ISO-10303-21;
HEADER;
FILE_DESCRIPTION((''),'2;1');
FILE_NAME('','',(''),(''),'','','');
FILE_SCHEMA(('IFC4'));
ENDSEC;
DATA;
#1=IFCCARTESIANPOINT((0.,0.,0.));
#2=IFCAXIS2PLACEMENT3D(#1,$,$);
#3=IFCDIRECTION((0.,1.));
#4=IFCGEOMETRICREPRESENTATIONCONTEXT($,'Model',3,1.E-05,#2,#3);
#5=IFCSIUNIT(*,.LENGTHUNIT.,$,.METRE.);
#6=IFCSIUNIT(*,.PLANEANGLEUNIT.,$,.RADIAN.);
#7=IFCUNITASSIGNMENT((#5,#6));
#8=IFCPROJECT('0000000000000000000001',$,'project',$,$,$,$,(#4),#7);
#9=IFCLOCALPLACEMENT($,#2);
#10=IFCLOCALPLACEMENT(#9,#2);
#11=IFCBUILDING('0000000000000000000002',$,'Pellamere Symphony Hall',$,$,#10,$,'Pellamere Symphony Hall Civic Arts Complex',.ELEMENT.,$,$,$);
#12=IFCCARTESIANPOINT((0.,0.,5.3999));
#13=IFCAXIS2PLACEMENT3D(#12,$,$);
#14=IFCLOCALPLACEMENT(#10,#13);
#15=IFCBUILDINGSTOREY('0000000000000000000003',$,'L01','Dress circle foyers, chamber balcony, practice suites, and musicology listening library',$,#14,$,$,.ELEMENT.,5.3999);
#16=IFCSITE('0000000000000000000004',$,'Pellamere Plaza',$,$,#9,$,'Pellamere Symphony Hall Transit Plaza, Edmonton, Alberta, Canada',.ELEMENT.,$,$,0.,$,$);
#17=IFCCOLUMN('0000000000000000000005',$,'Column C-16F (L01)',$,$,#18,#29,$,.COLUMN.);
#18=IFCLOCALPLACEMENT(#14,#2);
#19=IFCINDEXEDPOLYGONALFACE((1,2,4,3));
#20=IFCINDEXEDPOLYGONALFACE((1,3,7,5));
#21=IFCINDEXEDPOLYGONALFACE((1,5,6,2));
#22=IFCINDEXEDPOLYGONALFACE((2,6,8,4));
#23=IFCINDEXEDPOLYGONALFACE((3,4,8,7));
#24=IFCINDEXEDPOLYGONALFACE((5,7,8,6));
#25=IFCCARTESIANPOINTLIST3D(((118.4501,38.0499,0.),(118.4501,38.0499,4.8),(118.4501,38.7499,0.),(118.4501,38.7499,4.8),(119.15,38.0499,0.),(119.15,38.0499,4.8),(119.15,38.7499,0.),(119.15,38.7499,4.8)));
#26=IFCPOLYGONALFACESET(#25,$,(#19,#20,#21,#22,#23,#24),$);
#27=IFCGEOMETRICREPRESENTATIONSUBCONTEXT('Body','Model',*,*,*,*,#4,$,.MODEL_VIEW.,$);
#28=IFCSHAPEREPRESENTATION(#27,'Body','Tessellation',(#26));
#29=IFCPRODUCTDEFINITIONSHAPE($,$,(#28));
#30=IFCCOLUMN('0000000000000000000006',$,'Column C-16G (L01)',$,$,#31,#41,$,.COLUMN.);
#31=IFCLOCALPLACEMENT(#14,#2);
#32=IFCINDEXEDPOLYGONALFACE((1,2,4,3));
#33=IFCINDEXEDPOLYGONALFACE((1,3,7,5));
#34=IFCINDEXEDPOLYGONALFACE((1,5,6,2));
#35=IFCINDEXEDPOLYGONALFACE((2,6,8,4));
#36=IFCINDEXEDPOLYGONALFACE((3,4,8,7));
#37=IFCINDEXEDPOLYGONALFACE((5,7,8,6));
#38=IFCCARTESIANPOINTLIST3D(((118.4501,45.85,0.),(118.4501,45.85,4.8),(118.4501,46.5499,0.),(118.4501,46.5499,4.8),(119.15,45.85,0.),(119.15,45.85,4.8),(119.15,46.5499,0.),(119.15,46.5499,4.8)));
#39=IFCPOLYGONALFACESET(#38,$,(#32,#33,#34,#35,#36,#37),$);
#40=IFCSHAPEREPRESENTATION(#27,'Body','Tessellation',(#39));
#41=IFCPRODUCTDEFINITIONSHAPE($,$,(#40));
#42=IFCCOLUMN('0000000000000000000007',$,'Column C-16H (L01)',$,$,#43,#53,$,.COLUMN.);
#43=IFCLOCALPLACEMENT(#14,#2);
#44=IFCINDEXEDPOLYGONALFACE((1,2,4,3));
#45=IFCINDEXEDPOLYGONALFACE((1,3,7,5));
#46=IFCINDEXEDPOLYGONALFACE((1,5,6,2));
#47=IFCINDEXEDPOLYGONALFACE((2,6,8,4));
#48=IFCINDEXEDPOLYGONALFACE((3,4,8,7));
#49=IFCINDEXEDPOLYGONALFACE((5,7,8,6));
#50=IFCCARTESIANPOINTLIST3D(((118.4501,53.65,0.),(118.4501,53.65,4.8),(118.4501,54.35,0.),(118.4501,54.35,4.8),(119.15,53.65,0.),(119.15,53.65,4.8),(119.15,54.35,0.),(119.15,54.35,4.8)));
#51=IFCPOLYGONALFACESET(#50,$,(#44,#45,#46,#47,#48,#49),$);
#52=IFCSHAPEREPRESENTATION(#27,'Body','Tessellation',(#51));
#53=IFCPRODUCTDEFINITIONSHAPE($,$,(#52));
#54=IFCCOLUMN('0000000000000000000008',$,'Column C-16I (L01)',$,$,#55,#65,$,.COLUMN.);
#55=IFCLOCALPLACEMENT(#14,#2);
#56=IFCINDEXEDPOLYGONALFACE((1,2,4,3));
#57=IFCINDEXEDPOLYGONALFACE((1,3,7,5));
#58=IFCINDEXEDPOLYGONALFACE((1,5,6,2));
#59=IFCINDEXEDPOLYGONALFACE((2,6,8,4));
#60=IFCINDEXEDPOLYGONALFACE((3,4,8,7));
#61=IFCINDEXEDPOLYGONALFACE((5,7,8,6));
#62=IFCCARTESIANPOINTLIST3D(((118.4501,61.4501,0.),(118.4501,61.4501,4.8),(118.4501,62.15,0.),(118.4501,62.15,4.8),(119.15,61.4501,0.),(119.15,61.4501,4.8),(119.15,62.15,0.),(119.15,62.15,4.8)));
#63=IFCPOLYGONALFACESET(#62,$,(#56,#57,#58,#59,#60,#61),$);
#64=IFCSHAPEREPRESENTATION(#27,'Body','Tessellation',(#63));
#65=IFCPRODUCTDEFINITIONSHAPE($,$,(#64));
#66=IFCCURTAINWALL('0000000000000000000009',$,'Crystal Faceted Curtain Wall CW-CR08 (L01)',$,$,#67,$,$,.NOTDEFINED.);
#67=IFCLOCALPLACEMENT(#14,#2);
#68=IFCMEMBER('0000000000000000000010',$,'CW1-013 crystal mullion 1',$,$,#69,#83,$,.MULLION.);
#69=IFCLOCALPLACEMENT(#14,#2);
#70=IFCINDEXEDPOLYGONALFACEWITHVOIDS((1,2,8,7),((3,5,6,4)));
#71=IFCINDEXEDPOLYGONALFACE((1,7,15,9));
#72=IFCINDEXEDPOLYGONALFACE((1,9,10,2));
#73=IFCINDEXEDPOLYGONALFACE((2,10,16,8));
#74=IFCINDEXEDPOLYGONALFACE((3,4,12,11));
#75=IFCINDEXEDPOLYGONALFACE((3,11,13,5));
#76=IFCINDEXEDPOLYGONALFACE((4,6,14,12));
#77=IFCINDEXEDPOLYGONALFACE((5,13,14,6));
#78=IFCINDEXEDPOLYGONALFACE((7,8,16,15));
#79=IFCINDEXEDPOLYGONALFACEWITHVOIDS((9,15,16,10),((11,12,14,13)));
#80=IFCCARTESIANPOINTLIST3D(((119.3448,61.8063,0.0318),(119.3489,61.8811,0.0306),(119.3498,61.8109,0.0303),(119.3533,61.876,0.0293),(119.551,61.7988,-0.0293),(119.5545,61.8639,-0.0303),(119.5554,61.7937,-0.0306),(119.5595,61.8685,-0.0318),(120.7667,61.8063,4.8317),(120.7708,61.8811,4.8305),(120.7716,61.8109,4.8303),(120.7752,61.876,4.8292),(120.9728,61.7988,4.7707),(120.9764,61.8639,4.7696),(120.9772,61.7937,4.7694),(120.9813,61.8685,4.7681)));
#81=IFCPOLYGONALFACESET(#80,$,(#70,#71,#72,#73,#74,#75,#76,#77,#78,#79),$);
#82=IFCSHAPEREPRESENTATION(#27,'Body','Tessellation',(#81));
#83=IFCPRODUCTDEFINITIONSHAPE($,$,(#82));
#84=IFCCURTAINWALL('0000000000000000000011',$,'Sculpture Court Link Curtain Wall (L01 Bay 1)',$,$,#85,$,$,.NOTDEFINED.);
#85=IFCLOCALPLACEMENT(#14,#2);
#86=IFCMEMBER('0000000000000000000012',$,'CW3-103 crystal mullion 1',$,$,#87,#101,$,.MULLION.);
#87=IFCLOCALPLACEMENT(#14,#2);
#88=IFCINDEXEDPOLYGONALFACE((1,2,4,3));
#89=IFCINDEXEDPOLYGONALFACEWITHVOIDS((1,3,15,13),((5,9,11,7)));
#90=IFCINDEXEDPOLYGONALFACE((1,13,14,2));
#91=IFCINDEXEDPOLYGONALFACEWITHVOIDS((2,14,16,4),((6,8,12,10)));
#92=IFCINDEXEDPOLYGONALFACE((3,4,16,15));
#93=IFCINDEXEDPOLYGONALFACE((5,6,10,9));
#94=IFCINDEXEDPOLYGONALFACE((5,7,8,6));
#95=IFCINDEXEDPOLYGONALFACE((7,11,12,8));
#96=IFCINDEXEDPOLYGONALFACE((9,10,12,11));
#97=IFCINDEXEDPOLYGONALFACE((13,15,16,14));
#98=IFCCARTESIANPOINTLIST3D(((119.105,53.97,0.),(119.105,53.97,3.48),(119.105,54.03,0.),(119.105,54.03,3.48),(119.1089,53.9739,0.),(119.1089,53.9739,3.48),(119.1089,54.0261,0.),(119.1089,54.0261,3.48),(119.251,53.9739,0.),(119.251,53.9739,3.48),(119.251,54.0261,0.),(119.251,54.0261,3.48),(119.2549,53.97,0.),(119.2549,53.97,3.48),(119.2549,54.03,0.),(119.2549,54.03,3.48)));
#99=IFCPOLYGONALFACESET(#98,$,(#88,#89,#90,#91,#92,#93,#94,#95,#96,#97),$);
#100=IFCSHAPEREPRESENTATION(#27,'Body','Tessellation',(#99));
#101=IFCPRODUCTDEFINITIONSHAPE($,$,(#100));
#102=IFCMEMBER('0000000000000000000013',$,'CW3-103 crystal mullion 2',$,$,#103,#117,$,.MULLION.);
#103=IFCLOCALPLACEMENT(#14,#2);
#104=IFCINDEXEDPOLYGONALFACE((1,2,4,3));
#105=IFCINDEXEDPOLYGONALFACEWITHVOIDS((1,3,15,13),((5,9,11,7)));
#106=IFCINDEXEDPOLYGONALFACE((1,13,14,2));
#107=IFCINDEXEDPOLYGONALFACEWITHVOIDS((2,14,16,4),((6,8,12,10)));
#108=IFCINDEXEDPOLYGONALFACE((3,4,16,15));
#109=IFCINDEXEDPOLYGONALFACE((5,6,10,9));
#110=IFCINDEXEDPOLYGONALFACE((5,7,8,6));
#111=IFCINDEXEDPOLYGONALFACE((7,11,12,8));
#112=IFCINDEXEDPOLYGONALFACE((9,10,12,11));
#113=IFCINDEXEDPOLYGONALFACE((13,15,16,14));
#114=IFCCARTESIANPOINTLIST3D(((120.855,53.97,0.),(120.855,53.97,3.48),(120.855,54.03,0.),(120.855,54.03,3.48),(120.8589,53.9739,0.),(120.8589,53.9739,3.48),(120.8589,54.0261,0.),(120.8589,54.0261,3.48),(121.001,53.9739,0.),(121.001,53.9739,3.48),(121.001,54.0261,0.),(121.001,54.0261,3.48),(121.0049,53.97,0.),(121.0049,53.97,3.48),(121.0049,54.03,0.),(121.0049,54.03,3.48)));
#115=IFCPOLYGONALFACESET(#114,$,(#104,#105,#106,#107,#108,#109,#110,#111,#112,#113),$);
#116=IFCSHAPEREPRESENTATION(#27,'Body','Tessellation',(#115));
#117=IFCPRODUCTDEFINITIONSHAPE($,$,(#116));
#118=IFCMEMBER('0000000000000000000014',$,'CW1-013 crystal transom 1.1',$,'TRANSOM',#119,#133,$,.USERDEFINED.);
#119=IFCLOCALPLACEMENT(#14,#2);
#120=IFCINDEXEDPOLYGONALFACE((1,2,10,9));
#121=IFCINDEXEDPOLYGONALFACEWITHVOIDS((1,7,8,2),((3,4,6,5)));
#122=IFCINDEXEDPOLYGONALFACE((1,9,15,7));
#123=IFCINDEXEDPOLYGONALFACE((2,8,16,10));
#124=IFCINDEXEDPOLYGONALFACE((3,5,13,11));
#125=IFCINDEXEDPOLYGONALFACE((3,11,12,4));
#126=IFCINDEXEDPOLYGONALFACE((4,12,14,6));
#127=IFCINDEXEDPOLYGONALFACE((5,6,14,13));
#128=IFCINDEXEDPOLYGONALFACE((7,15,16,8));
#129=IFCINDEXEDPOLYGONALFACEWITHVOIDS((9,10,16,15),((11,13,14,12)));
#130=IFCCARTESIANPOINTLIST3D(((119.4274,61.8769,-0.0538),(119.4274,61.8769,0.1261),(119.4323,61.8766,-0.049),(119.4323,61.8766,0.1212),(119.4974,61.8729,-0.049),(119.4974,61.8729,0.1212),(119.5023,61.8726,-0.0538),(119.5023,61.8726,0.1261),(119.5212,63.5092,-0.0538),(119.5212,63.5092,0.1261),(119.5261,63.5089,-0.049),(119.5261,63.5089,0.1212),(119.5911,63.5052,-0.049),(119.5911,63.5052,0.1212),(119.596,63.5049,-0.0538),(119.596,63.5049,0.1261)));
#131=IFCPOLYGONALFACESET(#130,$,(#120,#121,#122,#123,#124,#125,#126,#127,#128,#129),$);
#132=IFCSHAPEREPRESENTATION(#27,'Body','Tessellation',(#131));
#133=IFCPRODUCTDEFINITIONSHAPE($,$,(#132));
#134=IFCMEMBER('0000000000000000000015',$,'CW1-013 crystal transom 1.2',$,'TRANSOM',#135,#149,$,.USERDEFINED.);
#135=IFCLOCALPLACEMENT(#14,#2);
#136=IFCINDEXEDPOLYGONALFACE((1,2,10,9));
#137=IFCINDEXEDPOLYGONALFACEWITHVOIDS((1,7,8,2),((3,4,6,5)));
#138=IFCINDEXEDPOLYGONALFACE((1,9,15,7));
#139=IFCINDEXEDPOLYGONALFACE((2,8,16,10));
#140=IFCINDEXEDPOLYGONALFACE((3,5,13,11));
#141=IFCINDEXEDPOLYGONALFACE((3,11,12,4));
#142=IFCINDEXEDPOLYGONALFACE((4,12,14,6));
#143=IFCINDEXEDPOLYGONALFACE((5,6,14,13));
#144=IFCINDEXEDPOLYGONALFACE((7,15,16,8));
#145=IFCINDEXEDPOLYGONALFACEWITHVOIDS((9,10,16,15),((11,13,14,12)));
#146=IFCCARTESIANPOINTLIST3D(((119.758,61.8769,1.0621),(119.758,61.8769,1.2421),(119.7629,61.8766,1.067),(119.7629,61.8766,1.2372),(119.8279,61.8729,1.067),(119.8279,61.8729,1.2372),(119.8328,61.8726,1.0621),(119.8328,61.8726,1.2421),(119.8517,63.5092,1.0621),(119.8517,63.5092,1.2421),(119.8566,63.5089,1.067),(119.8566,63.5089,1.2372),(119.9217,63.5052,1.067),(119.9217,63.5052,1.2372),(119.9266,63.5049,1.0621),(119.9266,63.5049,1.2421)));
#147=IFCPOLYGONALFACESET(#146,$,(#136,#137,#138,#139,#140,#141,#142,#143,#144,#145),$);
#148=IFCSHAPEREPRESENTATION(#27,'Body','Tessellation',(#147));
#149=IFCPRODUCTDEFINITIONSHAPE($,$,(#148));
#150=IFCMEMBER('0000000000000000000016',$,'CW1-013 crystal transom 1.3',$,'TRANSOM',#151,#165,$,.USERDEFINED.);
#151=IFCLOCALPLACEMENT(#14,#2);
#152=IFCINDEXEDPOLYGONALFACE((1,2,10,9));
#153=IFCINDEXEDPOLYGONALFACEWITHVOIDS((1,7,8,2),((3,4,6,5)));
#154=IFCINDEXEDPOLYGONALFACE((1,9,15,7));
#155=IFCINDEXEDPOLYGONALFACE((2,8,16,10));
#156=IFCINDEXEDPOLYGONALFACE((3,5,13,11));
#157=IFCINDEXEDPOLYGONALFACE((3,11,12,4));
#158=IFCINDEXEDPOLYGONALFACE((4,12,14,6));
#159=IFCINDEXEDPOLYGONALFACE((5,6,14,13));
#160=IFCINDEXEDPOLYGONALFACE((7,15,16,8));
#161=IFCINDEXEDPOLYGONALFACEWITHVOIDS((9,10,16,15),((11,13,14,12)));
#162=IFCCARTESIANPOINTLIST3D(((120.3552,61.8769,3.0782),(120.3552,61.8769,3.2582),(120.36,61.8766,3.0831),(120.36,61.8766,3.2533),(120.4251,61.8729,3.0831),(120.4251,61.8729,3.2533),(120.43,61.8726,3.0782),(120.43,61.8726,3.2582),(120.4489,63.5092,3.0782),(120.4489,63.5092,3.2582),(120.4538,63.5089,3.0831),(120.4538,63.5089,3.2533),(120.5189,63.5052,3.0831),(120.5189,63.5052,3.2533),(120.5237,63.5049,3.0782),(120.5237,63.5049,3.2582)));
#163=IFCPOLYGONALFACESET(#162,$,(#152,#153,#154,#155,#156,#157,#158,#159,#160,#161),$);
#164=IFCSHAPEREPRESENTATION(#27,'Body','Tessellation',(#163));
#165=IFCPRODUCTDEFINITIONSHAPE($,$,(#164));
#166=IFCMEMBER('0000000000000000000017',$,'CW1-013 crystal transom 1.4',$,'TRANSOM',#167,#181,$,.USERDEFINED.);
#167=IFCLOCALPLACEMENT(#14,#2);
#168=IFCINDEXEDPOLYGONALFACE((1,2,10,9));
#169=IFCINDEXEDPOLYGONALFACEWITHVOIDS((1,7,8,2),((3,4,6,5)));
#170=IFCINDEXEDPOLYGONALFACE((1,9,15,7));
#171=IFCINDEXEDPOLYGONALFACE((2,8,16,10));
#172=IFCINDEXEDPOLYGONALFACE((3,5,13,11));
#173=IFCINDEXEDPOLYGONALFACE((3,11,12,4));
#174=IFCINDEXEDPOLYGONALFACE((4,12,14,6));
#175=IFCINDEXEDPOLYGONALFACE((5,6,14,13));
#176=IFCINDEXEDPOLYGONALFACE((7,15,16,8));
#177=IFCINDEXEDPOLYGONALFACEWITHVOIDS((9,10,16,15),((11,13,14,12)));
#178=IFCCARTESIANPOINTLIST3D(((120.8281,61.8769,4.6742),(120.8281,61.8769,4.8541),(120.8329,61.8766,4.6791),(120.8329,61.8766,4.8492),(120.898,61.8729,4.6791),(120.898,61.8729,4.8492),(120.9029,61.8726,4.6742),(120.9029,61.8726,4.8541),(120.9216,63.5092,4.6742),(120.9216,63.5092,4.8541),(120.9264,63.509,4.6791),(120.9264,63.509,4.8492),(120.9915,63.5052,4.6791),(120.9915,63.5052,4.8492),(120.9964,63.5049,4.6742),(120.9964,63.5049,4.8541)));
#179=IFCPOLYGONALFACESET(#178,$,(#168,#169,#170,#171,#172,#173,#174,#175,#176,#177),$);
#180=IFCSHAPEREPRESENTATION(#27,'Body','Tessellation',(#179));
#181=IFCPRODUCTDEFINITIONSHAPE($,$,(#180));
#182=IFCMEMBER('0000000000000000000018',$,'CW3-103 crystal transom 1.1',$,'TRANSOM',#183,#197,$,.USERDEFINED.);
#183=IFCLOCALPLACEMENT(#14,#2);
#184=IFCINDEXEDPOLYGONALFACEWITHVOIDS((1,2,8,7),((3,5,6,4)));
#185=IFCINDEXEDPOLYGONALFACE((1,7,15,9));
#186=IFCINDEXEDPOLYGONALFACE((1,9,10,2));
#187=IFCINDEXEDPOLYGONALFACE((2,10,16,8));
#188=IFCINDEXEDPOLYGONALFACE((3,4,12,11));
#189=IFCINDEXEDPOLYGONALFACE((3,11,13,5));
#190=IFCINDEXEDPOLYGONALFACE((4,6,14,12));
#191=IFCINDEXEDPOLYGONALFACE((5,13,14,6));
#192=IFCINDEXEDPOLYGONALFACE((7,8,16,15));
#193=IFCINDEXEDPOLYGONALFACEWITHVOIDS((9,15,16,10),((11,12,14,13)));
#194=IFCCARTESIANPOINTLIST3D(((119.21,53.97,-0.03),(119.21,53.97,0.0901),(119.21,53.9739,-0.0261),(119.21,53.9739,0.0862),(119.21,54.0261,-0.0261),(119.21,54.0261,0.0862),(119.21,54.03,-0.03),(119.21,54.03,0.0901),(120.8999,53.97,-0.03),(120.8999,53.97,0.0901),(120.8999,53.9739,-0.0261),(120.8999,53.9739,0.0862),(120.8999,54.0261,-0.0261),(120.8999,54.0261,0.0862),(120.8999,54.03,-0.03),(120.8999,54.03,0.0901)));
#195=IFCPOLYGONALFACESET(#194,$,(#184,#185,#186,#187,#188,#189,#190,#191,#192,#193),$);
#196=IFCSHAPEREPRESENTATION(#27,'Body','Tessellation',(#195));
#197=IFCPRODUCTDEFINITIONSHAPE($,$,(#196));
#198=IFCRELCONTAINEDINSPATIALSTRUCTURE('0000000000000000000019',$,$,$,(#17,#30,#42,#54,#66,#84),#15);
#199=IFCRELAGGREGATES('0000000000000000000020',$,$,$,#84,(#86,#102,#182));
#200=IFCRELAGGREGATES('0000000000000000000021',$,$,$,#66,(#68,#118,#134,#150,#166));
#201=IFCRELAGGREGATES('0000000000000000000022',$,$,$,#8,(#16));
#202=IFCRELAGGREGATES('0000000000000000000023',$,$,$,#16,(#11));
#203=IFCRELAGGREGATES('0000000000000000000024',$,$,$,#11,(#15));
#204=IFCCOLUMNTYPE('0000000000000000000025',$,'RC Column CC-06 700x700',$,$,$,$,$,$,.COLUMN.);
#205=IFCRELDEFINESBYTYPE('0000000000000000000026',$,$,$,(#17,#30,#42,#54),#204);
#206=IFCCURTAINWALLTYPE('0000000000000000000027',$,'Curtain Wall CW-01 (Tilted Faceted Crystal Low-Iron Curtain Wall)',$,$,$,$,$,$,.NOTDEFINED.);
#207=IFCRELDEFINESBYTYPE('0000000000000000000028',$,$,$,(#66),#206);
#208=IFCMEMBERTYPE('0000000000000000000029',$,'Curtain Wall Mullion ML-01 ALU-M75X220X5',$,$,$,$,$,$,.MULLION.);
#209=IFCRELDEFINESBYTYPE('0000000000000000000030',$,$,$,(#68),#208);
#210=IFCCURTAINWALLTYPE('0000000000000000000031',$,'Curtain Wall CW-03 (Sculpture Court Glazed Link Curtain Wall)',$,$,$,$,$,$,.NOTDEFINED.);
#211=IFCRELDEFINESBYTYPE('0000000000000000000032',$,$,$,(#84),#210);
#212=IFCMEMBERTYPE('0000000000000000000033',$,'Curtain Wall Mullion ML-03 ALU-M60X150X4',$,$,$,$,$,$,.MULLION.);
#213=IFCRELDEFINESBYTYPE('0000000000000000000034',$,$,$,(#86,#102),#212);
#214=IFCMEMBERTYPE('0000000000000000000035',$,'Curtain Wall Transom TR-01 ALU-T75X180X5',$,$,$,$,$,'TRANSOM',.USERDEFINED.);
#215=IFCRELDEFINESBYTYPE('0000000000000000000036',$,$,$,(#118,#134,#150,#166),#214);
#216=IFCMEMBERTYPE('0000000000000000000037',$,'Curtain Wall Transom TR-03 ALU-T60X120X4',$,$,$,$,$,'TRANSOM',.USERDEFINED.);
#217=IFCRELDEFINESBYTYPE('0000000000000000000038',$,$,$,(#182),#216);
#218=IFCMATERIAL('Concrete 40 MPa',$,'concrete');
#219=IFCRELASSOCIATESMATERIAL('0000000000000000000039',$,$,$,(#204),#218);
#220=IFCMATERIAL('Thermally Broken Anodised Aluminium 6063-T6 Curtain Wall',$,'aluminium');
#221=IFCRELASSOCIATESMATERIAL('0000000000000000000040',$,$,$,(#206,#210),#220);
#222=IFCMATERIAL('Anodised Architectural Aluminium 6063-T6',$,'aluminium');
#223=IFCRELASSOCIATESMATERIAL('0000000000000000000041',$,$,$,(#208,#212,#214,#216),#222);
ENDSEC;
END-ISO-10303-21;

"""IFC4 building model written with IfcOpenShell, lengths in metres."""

from ifc_helpers import new_model, si_unit, direction, frame, origin, origin_2d, place, context, subcontext, project, spatial, rectangle, hollow_rectangle, extrude, material, material_profile, profile_set, type_object, element, aggregate, save


model = new_model("IFC4")

# Units and contexts
model_context = context("Model", 3, precision=1e-05, world=origin(), true_north=direction((0.0, 1.0)))
body_context = subcontext(model_context, "Body", "Model", "MODEL_VIEW")
ifc_project = project(units=[si_unit("LENGTHUNIT", "METRE"), si_unit("PLANEANGLEUNIT", "RADIAN")], contexts=[model_context])

# Site, building, storey
site_placement = place(None, origin())
site = spatial("IfcSite", under=ifc_project, at=site_placement, Name="Pellamere Plaza", LongName="Pellamere Symphony Hall Transit Plaza, Edmonton, Alberta, Canada", CompositionType="ELEMENT", RefElevation=0.0)
building_placement = place(site_placement, origin())
building = spatial("IfcBuilding", under=site, at=building_placement, Name="Pellamere Symphony Hall", LongName="Pellamere Symphony Hall Civic Arts Complex", CompositionType="ELEMENT")
storey_placement = place(building_placement, frame((0.0, 0.0, 5.3999)))
storey = spatial("IfcBuildingStorey", under=building, at=storey_placement, Name="L01", Description="Dress circle foyers, chamber balcony, practice suites, and musicology listening library", CompositionType="ELEMENT", Elevation=5.3999)

# Columns
ifc_material_1 = material(Name="Concrete 40 MPa", Category="concrete")
ifc_material_profile_1 = material_profile(ifc_material_1, rectangle(XDim=0.7, YDim=0.7, at=origin_2d()), Name="RC 700x700")
ifc_profile_set_1 = profile_set([ifc_material_profile_1], Name="Concrete 40 MPa")
column_type = type_object("IfcColumnType", Name="RC Column CC-06 700x700", PredefinedType="COLUMN", material=ifc_profile_set_1)
for number, where, z_axis, x_axis, name in (
    (1, (118.8, 38.3999, 0.0), (0.0, 0.0, 1.0), (1.0, 0.0, 0.0), "Column C-16F (L01)"),
    (2, (118.8, 46.2, 0.0), (0.0, 0.0, 1.0), (1.0, 0.0, 0.0), "Column C-16G (L01)"),
    (3, (118.8, 54.0, 0.0), (0.0, 0.0, 1.0), (1.0, 0.0, 0.0), "Column C-16H (L01)"),
    (4, (118.8, 61.8, 0.0), (0.0, 0.0, 1.0), (1.0, 0.0, 0.0), "Column C-16I (L01)"),
):
    element("IfcColumn", number, at=place(storey_placement, frame(where, z_axis=z_axis, x_axis=x_axis)), inside=storey, type_object=column_type, Name=name, PredefinedType="COLUMN", context=body_context, shape_type="SweptSolid", body=[
        extrude(rectangle(XDim=0.7, YDim=0.7, at=origin_2d()), origin(), (0.0, 0.0, 1.0), 4.8),
    ])

# Curtain wall, member
ifc_material_2 = material(Name="Thermally Broken Anodised Aluminium 6063-T6 Curtain Wall", Category="aluminium")
curtain_wall_type_1 = type_object("IfcCurtainWallType", Name="Curtain Wall CW-01 (Tilted Faceted Crystal Low-Iron Curtain Wall)", PredefinedType="NOTDEFINED", material=ifc_material_2)
curtain_wall_1_placement = place(storey_placement, origin())
curtain_wall_1 = element("IfcCurtainWall", 5, at=curtain_wall_1_placement, inside=storey, type_object=curtain_wall_type_1, Name="Crystal Faceted Curtain Wall CW-CR08 (L01)", PredefinedType="NOTDEFINED")
ifc_material_3 = material(Name="Anodised Architectural Aluminium 6063-T6", Category="aluminium")
ifc_material_profile_2 = material_profile(ifc_material_3, hollow_rectangle(XDim=0.075, YDim=0.22, WallThickness=0.0049, at=origin_2d()), Name="ALU-M75X220X5")
ifc_profile_set_2 = profile_set([ifc_material_profile_2], Name="Anodised Architectural Aluminium 6063-T6")
member_type_1 = type_object("IfcMemberType", Name="Curtain Wall Mullion ML-01 ALU-M75X220X5", PredefinedType="MULLION", material=ifc_profile_set_2)
member_1_placement = place(storey_placement, frame((119.4521, 61.8374, 0.0), z_axis=(0.284022, 0.0, 0.958818), x_axis=(-0.054874, -0.998361, 0.016255)))
member_1 = element("IfcMember", 6, at=member_1_placement, type_object=member_type_1, Name="CW1-013 crystal mullion 1", PredefinedType="MULLION", context=body_context, shape_type="SweptSolid", body=[
    extrude(hollow_rectangle(XDim=0.075, YDim=0.22, WallThickness=0.0049, at=origin_2d()), origin(), (0.0, 0.0, 1.0), 5.0061),
])

# Curtain wall, members
curtain_wall_type_2 = type_object("IfcCurtainWallType", Name="Curtain Wall CW-03 (Sculpture Court Glazed Link Curtain Wall)", PredefinedType="NOTDEFINED", material=ifc_material_2)
curtain_wall_2_placement = place(storey_placement, origin())
curtain_wall_2 = element("IfcCurtainWall", 7, at=curtain_wall_2_placement, inside=storey, type_object=curtain_wall_type_2, Name="Sculpture Court Link Curtain Wall (L01 Bay 1)", PredefinedType="NOTDEFINED")
ifc_material_profile_3 = material_profile(ifc_material_3, hollow_rectangle(XDim=0.0601, YDim=0.1499, WallThickness=0.0039, at=origin_2d()), Name="ALU-M60X150X4")
ifc_profile_set_3 = profile_set([ifc_material_profile_3], Name="Anodised Architectural Aluminium 6063-T6")
member_type_2 = type_object("IfcMemberType", Name="Curtain Wall Mullion ML-03 ALU-M60X150X4", PredefinedType="MULLION", material=ifc_profile_set_3)
member_2_placement = place(storey_placement, frame((119.1799, 54.0, 0.0), z_axis=(0.0, 0.0, 1.0), x_axis=(0.0, 1.0, 0.0)))
member_2 = element("IfcMember", 8, at=member_2_placement, type_object=member_type_2, Name="CW3-103 crystal mullion 1", PredefinedType="MULLION", context=body_context, shape_type="SweptSolid", body=[
    extrude(hollow_rectangle(XDim=0.0601, YDim=0.1499, WallThickness=0.0039, at=origin_2d()), origin(), (0.0, 0.0, 1.0), 3.48),
])
member_3_placement = place(storey_placement, frame((120.9299, 54.0, 0.0), z_axis=(0.0, 0.0, 1.0), x_axis=(0.0, 1.0, 0.0)))
member_3 = element("IfcMember", 9, at=member_3_placement, type_object=member_type_2, Name="CW3-103 crystal mullion 2", PredefinedType="MULLION", context=body_context, shape_type="SweptSolid", body=[
    extrude(hollow_rectangle(XDim=0.0601, YDim=0.1499, WallThickness=0.0039, at=origin_2d()), origin(), (0.0, 0.0, 1.0), 3.48),
])

# Members
ifc_material_profile_4 = material_profile(ifc_material_3, hollow_rectangle(XDim=0.075, YDim=0.1799, WallThickness=0.0049, at=origin_2d()), Name="ALU-T75X180X5")
ifc_profile_set_4 = profile_set([ifc_material_profile_4], Name="Anodised Architectural Aluminium 6063-T6")
member_type_3 = type_object("IfcMemberType", Name="Curtain Wall Transom TR-01 ALU-T75X180X5", ElementType="TRANSOM", PredefinedType="USERDEFINED", material=ifc_profile_set_4)
member_4_placement = place(storey_placement, frame((119.4648, 61.8748, 0.0361), z_axis=(0.057339, 0.998355, 0.0), x_axis=(-0.998355, 0.057339, 0.0)))
member_4 = element("IfcMember", 10, at=member_4_placement, type_object=member_type_3, Name="CW1-013 crystal transom 1.1", ObjectType="TRANSOM", PredefinedType="USERDEFINED", context=body_context, shape_type="SweptSolid", body=[
    extrude(hollow_rectangle(XDim=0.075, YDim=0.1799, WallThickness=0.0049, at=origin_2d()), origin(), (0.0, 0.0, 1.0), 1.635),
])
member_5_placement = place(storey_placement, frame((119.7954, 61.8748, 1.1521), z_axis=(0.057339, 0.998355, 0.0), x_axis=(-0.998355, 0.057339, 0.0)))
member_5 = element("IfcMember", 11, at=member_5_placement, type_object=member_type_3, Name="CW1-013 crystal transom 1.2", ObjectType="TRANSOM", PredefinedType="USERDEFINED", context=body_context, shape_type="SweptSolid", body=[
    extrude(hollow_rectangle(XDim=0.075, YDim=0.1799, WallThickness=0.0049, at=origin_2d()), origin(), (0.0, 0.0, 1.0), 1.635),
])
member_6_placement = place(storey_placement, frame((120.3926, 61.8748, 3.1682), z_axis=(0.057339, 0.998355, 0.0), x_axis=(-0.998355, 0.057339, 0.0)))
member_6 = element("IfcMember", 12, at=member_6_placement, type_object=member_type_3, Name="CW1-013 crystal transom 1.3", ObjectType="TRANSOM", PredefinedType="USERDEFINED", context=body_context, shape_type="SweptSolid", body=[
    extrude(hollow_rectangle(XDim=0.075, YDim=0.1799, WallThickness=0.0049, at=origin_2d()), origin(), (0.0, 0.0, 1.0), 1.635),
])
member_7_placement = place(storey_placement, frame((120.8655, 61.8748, 4.7642), z_axis=(0.05719, 0.998363, 0.0), x_axis=(-0.998363, 0.05719, 0.0)))
member_7 = element("IfcMember", 13, at=member_7_placement, type_object=member_type_3, Name="CW1-013 crystal transom 1.4", ObjectType="TRANSOM", PredefinedType="USERDEFINED", context=body_context, shape_type="SweptSolid", body=[
    extrude(hollow_rectangle(XDim=0.075, YDim=0.1799, WallThickness=0.0049, at=origin_2d()), origin(), (0.0, 0.0, 1.0), 1.635),
])
ifc_material_profile_5 = material_profile(ifc_material_3, hollow_rectangle(XDim=0.0601, YDim=0.1201, WallThickness=0.0039, at=origin_2d()), Name="ALU-T60X120X4")
ifc_profile_set_5 = profile_set([ifc_material_profile_5], Name="Anodised Architectural Aluminium 6063-T6")
member_type_4 = type_object("IfcMemberType", Name="Curtain Wall Transom TR-03 ALU-T60X120X4", ElementType="TRANSOM", PredefinedType="USERDEFINED", material=ifc_profile_set_5)
member_8_placement = place(storey_placement, frame((119.21, 54.0, 0.03), z_axis=(1.0, 0.0, 0.0), x_axis=(0.0, 1.0, 0.0)))
member_8 = element("IfcMember", 14, at=member_8_placement, type_object=member_type_4, Name="CW3-103 crystal transom 1.1", ObjectType="TRANSOM", PredefinedType="USERDEFINED", context=body_context, shape_type="SweptSolid", body=[
    extrude(hollow_rectangle(XDim=0.0601, YDim=0.1201, WallThickness=0.0039, at=origin_2d()), origin(), (0.0, 0.0, 1.0), 1.6899),
])

aggregate(curtain_wall_2, [member_2, member_3, member_8])
aggregate(curtain_wall_1, [member_1, member_4, member_5, member_6, member_7])

save(model, "model.ifc")
